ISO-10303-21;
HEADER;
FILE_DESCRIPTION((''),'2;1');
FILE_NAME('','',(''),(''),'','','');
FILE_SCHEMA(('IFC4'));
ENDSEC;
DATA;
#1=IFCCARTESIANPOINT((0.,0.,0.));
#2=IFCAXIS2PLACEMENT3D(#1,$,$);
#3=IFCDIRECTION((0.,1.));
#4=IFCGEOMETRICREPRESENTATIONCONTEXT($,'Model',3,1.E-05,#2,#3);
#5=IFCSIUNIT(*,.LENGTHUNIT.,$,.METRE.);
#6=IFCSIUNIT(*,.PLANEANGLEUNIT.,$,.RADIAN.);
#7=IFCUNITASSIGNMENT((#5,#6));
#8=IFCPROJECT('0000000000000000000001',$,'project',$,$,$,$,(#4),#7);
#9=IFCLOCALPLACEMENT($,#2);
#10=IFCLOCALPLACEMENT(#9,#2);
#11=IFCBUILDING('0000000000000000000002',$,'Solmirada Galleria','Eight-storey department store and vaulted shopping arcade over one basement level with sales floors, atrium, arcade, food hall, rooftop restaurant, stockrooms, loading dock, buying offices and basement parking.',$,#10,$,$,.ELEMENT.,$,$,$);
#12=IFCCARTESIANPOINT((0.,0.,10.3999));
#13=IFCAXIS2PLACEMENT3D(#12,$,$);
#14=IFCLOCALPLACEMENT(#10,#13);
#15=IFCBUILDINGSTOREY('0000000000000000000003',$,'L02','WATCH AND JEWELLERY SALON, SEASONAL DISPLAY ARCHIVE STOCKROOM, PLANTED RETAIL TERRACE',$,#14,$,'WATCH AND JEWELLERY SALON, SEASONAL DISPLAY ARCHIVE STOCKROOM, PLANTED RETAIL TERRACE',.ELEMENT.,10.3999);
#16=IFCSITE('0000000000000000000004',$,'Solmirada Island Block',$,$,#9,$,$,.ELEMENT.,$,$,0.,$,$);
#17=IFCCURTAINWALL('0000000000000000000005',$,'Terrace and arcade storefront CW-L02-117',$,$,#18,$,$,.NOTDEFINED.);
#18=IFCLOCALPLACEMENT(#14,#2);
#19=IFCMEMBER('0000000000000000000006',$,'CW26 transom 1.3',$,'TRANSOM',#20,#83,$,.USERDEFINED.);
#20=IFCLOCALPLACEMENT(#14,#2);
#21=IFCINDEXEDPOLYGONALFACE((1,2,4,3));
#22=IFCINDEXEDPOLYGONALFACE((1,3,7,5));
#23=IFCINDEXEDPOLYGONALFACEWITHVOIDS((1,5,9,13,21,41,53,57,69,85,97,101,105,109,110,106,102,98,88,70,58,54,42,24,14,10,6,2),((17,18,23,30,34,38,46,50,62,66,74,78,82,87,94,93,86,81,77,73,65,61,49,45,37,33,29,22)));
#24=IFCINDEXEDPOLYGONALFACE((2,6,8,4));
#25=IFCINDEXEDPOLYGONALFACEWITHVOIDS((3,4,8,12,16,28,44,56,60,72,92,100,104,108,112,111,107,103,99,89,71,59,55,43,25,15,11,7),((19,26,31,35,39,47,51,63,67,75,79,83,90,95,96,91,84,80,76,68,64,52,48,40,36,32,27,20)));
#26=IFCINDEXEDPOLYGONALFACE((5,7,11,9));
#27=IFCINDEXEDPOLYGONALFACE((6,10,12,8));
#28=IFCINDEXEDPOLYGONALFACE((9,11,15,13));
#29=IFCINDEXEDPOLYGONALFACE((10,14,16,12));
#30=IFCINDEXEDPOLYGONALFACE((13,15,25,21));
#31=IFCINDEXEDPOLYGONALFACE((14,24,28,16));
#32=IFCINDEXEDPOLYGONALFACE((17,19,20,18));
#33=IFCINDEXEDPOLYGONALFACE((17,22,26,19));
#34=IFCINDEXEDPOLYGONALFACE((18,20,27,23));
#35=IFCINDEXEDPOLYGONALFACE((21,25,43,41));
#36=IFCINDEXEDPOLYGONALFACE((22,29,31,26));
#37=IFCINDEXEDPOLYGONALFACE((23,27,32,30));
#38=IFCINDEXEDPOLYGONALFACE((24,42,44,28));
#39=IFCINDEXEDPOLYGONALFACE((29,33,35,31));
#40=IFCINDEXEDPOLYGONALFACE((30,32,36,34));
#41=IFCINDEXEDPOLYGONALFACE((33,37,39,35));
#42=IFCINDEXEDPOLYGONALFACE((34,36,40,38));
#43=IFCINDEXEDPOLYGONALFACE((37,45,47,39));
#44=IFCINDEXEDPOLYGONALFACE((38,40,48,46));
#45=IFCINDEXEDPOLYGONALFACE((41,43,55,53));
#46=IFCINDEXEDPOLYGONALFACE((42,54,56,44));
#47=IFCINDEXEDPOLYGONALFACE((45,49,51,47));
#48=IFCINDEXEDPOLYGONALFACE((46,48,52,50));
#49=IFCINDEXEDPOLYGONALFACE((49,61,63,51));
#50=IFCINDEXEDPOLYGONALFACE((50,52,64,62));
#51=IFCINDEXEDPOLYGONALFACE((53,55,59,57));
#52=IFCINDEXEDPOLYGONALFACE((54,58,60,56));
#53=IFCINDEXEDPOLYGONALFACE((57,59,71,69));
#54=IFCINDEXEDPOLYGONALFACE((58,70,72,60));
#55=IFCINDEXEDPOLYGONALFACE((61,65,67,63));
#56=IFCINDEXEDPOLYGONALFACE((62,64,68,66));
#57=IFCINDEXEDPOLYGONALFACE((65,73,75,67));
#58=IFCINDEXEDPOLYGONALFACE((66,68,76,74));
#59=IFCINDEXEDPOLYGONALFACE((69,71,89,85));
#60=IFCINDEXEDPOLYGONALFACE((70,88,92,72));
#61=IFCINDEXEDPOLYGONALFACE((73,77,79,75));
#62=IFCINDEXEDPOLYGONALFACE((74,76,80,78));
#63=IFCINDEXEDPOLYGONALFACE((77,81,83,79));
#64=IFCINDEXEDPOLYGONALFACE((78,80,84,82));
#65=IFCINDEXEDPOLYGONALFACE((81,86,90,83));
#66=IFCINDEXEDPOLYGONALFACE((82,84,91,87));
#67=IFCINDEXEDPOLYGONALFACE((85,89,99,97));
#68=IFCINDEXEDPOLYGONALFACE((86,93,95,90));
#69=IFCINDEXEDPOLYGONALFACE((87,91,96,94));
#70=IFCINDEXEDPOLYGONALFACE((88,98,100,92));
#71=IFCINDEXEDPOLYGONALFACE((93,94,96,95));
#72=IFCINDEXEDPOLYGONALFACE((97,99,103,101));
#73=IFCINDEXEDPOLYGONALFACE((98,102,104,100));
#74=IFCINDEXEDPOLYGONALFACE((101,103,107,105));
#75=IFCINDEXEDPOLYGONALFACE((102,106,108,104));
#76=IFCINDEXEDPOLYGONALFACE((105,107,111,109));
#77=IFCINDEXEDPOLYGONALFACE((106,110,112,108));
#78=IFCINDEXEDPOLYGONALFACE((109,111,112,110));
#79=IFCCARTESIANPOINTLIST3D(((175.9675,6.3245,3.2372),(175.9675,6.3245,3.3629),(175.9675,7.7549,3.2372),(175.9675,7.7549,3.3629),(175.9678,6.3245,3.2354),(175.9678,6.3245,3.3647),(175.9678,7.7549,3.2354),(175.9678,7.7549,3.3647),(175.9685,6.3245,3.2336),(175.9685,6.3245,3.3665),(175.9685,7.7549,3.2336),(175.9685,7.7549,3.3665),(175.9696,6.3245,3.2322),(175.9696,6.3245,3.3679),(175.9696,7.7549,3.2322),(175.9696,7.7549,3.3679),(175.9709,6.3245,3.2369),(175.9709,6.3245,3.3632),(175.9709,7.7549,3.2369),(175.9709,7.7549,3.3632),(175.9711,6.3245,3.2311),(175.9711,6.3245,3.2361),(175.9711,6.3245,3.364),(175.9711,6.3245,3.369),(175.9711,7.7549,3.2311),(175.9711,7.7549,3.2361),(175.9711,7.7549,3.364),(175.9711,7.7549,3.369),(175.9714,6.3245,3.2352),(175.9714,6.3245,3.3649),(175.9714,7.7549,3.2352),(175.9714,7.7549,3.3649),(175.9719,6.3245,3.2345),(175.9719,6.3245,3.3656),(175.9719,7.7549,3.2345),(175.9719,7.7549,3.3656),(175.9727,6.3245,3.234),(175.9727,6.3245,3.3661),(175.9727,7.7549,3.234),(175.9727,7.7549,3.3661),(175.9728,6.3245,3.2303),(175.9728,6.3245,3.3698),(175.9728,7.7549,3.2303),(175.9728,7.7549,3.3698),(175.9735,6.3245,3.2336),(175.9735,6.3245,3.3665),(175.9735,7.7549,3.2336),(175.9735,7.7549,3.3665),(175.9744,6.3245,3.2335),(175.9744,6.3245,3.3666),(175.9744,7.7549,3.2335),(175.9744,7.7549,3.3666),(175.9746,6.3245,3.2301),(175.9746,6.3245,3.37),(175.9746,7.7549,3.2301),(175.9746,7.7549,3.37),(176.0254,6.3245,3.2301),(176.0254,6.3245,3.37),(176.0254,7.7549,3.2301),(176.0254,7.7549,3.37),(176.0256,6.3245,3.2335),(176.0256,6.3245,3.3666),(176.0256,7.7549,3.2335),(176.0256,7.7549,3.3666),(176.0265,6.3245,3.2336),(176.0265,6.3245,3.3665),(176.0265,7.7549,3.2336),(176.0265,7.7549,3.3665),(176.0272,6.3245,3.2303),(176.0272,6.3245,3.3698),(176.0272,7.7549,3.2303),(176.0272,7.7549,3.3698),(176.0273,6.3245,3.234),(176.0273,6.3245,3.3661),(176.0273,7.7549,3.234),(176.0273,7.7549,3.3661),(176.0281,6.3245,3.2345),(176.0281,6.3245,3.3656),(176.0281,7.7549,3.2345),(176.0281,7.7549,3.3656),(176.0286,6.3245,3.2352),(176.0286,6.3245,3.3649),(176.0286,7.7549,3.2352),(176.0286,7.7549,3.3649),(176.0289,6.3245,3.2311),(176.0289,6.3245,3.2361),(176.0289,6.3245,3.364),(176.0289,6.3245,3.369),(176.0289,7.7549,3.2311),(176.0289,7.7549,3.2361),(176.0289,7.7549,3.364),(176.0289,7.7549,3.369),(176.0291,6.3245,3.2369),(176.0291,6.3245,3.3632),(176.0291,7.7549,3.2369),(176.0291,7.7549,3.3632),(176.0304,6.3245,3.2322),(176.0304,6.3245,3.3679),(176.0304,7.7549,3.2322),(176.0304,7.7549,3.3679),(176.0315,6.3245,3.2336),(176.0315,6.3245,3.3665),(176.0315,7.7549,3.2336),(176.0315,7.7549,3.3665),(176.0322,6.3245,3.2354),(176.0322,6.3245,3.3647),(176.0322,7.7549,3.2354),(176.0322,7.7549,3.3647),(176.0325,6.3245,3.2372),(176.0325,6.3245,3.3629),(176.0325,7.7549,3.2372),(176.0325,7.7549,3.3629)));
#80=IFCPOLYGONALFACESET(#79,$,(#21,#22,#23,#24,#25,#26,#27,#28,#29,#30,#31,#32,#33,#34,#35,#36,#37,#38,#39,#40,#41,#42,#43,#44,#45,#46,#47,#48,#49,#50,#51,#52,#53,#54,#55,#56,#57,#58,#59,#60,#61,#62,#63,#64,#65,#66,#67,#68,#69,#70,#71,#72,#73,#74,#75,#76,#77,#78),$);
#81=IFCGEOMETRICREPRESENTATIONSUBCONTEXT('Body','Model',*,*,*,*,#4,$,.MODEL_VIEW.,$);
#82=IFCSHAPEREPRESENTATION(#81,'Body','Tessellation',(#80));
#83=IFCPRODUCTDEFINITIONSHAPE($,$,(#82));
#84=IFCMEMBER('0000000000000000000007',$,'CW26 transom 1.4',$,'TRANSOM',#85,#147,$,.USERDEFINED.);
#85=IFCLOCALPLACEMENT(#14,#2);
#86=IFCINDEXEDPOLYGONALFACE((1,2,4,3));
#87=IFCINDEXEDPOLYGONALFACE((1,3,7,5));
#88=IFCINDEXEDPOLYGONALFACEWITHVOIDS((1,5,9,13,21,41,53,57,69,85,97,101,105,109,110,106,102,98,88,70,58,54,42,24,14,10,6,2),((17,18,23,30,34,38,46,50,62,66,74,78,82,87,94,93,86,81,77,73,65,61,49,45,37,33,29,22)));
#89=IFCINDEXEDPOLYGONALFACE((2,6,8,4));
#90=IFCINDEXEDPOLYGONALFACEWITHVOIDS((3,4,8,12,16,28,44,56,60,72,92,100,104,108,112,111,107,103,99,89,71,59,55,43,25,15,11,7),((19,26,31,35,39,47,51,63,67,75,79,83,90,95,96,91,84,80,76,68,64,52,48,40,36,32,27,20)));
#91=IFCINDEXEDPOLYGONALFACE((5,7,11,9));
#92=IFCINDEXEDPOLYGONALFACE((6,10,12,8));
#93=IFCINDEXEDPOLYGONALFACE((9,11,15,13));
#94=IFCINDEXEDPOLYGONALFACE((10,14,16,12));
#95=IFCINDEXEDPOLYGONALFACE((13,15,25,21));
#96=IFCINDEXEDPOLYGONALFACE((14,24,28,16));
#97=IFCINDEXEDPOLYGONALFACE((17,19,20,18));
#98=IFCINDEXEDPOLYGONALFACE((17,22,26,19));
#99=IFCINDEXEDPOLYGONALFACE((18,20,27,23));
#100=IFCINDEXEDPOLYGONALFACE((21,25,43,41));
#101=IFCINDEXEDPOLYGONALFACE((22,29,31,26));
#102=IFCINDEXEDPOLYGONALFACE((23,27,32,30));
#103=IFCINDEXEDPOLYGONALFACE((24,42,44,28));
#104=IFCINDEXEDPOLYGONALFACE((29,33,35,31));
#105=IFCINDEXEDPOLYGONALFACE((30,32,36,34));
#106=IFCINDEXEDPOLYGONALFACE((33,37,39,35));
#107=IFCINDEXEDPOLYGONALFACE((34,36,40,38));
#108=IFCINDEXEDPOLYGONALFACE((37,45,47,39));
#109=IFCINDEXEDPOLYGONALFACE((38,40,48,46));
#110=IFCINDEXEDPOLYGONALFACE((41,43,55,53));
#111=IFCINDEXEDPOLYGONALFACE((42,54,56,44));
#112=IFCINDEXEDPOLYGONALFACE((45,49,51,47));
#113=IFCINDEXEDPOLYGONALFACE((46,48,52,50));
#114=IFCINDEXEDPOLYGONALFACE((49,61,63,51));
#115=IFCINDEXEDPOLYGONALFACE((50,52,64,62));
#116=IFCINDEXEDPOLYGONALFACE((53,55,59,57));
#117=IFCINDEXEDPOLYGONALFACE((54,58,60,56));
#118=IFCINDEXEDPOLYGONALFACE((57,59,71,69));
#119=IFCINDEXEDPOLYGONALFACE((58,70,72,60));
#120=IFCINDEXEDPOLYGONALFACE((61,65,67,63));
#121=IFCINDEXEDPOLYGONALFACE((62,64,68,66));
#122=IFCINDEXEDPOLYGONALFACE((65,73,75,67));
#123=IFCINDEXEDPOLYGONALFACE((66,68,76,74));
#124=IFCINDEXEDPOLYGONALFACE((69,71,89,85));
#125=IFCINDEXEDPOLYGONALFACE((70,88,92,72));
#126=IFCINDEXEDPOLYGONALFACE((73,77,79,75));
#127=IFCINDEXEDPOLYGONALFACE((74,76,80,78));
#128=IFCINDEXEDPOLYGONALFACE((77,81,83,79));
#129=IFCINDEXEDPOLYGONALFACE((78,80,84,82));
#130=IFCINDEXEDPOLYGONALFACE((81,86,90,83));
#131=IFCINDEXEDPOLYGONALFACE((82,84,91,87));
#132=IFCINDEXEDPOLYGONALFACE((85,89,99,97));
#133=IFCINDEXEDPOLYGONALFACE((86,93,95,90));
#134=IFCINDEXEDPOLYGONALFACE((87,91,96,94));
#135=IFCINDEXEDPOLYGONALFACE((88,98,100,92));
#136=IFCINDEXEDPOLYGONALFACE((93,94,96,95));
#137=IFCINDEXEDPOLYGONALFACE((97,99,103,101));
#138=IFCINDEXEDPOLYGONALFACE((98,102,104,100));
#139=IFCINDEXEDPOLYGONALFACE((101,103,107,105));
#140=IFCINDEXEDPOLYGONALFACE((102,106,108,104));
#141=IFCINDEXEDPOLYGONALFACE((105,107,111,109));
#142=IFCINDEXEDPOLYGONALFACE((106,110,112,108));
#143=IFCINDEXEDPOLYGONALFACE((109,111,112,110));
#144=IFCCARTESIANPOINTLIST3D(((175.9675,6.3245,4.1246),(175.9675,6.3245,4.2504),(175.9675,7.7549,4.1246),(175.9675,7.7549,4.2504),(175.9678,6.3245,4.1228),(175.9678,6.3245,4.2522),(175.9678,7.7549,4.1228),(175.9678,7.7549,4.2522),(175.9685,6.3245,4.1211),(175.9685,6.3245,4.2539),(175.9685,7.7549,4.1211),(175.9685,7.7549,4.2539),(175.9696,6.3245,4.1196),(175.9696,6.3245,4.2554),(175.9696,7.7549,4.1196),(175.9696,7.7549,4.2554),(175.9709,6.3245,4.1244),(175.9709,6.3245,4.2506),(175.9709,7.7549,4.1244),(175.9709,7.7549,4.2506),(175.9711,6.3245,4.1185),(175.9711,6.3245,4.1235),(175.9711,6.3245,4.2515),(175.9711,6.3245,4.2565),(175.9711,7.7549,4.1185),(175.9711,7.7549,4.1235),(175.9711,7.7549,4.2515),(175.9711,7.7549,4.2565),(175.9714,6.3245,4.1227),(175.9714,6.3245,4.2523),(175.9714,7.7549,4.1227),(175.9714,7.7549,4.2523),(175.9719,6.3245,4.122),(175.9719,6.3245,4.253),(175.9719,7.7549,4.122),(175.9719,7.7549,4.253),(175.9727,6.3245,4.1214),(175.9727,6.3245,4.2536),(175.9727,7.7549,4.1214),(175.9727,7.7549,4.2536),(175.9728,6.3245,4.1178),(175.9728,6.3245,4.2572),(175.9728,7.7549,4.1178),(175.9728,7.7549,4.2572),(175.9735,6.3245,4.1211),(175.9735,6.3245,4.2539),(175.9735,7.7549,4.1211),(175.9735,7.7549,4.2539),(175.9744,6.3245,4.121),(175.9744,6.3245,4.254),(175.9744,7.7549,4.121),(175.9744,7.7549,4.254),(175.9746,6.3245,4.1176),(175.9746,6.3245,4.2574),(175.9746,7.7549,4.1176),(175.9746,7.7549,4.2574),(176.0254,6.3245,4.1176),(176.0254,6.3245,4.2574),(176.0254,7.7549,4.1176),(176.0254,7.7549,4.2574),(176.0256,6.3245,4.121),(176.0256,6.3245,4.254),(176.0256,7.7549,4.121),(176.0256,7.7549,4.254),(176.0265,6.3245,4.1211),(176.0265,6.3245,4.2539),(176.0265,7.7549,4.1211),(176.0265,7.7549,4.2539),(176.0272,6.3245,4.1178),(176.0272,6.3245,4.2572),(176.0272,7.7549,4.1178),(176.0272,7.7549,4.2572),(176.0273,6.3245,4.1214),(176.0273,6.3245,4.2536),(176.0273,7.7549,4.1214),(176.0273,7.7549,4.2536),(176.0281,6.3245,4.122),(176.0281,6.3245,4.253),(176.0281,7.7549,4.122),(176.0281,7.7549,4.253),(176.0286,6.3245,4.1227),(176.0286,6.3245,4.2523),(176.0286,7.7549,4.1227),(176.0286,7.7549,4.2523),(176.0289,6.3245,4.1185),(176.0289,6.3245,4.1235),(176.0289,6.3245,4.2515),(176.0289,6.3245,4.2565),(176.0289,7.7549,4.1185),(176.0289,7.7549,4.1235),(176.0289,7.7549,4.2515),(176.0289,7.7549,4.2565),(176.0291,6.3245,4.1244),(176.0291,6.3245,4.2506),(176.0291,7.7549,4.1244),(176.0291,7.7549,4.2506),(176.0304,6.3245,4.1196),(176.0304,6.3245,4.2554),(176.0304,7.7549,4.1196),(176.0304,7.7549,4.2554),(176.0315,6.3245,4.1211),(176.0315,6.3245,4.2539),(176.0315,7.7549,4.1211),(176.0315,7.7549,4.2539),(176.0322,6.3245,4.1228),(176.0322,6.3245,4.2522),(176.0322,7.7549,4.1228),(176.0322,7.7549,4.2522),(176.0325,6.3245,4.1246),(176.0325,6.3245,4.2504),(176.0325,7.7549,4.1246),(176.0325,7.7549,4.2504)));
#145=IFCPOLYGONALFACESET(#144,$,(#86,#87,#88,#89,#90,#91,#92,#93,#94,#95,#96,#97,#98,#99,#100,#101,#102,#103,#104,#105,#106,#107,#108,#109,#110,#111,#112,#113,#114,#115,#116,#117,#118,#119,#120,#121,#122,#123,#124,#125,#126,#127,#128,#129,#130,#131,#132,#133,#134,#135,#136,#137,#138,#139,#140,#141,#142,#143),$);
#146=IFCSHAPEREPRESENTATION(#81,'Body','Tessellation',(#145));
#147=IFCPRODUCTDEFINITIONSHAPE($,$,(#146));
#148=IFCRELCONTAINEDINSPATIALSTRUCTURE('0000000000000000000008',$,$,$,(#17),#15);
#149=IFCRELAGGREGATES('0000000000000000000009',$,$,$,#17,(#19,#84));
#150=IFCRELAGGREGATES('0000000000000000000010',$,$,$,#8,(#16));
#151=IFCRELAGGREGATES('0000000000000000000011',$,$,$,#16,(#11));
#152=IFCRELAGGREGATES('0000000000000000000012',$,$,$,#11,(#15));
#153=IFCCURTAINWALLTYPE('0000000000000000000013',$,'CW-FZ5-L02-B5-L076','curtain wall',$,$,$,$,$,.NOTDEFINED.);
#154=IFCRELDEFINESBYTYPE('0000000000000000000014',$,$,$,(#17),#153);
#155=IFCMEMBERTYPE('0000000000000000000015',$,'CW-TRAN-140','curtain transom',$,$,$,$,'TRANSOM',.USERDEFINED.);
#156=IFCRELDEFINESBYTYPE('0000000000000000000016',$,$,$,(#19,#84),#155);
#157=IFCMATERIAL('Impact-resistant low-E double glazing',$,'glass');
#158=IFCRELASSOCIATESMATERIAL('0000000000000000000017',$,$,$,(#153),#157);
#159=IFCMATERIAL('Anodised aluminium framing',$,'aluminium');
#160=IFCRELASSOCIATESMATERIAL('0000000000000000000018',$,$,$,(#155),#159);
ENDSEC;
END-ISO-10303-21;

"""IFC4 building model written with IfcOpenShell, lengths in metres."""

from ifc_helpers import new_model, si_unit, direction, frame, origin, origin_2d, place, context, subcontext, project, spatial, hollow_rectangle, extrude, material, material_profile, profile_set, type_object, element, aggregate, save


model = new_model("IFC4")

# Units and contexts
model_context = context("Model", 3, precision=1e-05, world=origin(), true_north=direction((0.0, 1.0)))
body_context = subcontext(model_context, "Body", "Model", "MODEL_VIEW")
ifc_project = project(units=[si_unit("LENGTHUNIT", "METRE"), si_unit("PLANEANGLEUNIT", "RADIAN")], contexts=[model_context])

# Site, building, storey
site_placement = place(None, origin())
site = spatial("IfcSite", under=ifc_project, at=site_placement, Name="Solmirada Island Block", CompositionType="ELEMENT", RefElevation=0.0)
building_placement = place(site_placement, origin())
building = spatial("IfcBuilding", under=site, at=building_placement, Name="Solmirada Galleria", Description="Eight-storey department store and vaulted shopping arcade over one basement level with sales floors, atrium, arcade, food hall, rooftop restaurant, stockrooms, loading dock, buying offices and basement parking.", CompositionType="ELEMENT")
storey_placement = place(building_placement, frame((0.0, 0.0, 10.3999)))
storey = spatial("IfcBuildingStorey", under=building, at=storey_placement, Name="L02", Description="WATCH AND JEWELLERY SALON, SEASONAL DISPLAY ARCHIVE STOCKROOM, PLANTED RETAIL TERRACE", LongName="WATCH AND JEWELLERY SALON, SEASONAL DISPLAY ARCHIVE STOCKROOM, PLANTED RETAIL TERRACE", CompositionType="ELEMENT", Elevation=10.3999)

# Shared definitions
ifc_material_1 = material(Name="Impact-resistant low-E double glazing", Category="glass")
curtain_wall_type = type_object("IfcCurtainWallType", Name="CW-FZ5-L02-B5-L076", Description="curtain wall", PredefinedType="NOTDEFINED", material=ifc_material_1)
ifc_material_2 = material(Name="Anodised aluminium framing", Category="aluminium")

# Curtain wall, members
curtain_wall_1_placement = place(storey_placement, origin())
curtain_wall_1 = element("IfcCurtainWall", 1, at=curtain_wall_1_placement, inside=storey, type_object=curtain_wall_type, Name="Terrace and arcade storefront CW-L02-117", PredefinedType="NOTDEFINED")
ifc_material_profile_1 = material_profile(ifc_material_2, hollow_rectangle(XDim=0.0649, YDim=0.1399, WallThickness=0.0034, InnerFilletRadius=0.0034, OuterFilletRadius=0.0071, at=origin_2d()), Name="ALU-TRAN-140X65")
ifc_profile_set_1 = profile_set([ifc_material_profile_1], Name="Anodised aluminium framing")
member_type_1 = type_object("IfcMemberType", Name="CW-TRAN-140", Description="curtain transom", ElementType="TRANSOM", PredefinedType="USERDEFINED", material=ifc_profile_set_1)
member_1_placement = place(storey_placement, frame((176.0, 7.7549, 3.3), z_axis=(0.0, -1.0, 0.0), x_axis=(1.0, 0.0, 0.0)))
member_1 = element("IfcMember", 2, at=member_1_placement, type_object=member_type_1, Name="CW26 transom 1.3", ObjectType="TRANSOM", PredefinedType="USERDEFINED", context=body_context, shape_type="SweptSolid", body=[
    extrude(hollow_rectangle(XDim=0.0649, YDim=0.1399, WallThickness=0.0034, InnerFilletRadius=0.0034, OuterFilletRadius=0.0071, at=origin_2d()), origin(), (0.0, 0.0, 1.0), 1.4304),
])
member_2_placement = place(storey_placement, frame((176.0, 7.7549, 4.1875), z_axis=(0.0, -1.0, 0.0), x_axis=(1.0, 0.0, 0.0)))
member_2 = element("IfcMember", 3, at=member_2_placement, type_object=member_type_1, Name="CW26 transom 1.4", ObjectType="TRANSOM", PredefinedType="USERDEFINED", context=body_context, shape_type="SweptSolid", body=[
    extrude(hollow_rectangle(XDim=0.0649, YDim=0.1399, WallThickness=0.0034, InnerFilletRadius=0.0034, OuterFilletRadius=0.0071, at=origin_2d()), origin(), (0.0, 0.0, 1.0), 1.4304),
])

aggregate(curtain_wall_1, [member_1, member_2])

save(model, "model.ifc")
